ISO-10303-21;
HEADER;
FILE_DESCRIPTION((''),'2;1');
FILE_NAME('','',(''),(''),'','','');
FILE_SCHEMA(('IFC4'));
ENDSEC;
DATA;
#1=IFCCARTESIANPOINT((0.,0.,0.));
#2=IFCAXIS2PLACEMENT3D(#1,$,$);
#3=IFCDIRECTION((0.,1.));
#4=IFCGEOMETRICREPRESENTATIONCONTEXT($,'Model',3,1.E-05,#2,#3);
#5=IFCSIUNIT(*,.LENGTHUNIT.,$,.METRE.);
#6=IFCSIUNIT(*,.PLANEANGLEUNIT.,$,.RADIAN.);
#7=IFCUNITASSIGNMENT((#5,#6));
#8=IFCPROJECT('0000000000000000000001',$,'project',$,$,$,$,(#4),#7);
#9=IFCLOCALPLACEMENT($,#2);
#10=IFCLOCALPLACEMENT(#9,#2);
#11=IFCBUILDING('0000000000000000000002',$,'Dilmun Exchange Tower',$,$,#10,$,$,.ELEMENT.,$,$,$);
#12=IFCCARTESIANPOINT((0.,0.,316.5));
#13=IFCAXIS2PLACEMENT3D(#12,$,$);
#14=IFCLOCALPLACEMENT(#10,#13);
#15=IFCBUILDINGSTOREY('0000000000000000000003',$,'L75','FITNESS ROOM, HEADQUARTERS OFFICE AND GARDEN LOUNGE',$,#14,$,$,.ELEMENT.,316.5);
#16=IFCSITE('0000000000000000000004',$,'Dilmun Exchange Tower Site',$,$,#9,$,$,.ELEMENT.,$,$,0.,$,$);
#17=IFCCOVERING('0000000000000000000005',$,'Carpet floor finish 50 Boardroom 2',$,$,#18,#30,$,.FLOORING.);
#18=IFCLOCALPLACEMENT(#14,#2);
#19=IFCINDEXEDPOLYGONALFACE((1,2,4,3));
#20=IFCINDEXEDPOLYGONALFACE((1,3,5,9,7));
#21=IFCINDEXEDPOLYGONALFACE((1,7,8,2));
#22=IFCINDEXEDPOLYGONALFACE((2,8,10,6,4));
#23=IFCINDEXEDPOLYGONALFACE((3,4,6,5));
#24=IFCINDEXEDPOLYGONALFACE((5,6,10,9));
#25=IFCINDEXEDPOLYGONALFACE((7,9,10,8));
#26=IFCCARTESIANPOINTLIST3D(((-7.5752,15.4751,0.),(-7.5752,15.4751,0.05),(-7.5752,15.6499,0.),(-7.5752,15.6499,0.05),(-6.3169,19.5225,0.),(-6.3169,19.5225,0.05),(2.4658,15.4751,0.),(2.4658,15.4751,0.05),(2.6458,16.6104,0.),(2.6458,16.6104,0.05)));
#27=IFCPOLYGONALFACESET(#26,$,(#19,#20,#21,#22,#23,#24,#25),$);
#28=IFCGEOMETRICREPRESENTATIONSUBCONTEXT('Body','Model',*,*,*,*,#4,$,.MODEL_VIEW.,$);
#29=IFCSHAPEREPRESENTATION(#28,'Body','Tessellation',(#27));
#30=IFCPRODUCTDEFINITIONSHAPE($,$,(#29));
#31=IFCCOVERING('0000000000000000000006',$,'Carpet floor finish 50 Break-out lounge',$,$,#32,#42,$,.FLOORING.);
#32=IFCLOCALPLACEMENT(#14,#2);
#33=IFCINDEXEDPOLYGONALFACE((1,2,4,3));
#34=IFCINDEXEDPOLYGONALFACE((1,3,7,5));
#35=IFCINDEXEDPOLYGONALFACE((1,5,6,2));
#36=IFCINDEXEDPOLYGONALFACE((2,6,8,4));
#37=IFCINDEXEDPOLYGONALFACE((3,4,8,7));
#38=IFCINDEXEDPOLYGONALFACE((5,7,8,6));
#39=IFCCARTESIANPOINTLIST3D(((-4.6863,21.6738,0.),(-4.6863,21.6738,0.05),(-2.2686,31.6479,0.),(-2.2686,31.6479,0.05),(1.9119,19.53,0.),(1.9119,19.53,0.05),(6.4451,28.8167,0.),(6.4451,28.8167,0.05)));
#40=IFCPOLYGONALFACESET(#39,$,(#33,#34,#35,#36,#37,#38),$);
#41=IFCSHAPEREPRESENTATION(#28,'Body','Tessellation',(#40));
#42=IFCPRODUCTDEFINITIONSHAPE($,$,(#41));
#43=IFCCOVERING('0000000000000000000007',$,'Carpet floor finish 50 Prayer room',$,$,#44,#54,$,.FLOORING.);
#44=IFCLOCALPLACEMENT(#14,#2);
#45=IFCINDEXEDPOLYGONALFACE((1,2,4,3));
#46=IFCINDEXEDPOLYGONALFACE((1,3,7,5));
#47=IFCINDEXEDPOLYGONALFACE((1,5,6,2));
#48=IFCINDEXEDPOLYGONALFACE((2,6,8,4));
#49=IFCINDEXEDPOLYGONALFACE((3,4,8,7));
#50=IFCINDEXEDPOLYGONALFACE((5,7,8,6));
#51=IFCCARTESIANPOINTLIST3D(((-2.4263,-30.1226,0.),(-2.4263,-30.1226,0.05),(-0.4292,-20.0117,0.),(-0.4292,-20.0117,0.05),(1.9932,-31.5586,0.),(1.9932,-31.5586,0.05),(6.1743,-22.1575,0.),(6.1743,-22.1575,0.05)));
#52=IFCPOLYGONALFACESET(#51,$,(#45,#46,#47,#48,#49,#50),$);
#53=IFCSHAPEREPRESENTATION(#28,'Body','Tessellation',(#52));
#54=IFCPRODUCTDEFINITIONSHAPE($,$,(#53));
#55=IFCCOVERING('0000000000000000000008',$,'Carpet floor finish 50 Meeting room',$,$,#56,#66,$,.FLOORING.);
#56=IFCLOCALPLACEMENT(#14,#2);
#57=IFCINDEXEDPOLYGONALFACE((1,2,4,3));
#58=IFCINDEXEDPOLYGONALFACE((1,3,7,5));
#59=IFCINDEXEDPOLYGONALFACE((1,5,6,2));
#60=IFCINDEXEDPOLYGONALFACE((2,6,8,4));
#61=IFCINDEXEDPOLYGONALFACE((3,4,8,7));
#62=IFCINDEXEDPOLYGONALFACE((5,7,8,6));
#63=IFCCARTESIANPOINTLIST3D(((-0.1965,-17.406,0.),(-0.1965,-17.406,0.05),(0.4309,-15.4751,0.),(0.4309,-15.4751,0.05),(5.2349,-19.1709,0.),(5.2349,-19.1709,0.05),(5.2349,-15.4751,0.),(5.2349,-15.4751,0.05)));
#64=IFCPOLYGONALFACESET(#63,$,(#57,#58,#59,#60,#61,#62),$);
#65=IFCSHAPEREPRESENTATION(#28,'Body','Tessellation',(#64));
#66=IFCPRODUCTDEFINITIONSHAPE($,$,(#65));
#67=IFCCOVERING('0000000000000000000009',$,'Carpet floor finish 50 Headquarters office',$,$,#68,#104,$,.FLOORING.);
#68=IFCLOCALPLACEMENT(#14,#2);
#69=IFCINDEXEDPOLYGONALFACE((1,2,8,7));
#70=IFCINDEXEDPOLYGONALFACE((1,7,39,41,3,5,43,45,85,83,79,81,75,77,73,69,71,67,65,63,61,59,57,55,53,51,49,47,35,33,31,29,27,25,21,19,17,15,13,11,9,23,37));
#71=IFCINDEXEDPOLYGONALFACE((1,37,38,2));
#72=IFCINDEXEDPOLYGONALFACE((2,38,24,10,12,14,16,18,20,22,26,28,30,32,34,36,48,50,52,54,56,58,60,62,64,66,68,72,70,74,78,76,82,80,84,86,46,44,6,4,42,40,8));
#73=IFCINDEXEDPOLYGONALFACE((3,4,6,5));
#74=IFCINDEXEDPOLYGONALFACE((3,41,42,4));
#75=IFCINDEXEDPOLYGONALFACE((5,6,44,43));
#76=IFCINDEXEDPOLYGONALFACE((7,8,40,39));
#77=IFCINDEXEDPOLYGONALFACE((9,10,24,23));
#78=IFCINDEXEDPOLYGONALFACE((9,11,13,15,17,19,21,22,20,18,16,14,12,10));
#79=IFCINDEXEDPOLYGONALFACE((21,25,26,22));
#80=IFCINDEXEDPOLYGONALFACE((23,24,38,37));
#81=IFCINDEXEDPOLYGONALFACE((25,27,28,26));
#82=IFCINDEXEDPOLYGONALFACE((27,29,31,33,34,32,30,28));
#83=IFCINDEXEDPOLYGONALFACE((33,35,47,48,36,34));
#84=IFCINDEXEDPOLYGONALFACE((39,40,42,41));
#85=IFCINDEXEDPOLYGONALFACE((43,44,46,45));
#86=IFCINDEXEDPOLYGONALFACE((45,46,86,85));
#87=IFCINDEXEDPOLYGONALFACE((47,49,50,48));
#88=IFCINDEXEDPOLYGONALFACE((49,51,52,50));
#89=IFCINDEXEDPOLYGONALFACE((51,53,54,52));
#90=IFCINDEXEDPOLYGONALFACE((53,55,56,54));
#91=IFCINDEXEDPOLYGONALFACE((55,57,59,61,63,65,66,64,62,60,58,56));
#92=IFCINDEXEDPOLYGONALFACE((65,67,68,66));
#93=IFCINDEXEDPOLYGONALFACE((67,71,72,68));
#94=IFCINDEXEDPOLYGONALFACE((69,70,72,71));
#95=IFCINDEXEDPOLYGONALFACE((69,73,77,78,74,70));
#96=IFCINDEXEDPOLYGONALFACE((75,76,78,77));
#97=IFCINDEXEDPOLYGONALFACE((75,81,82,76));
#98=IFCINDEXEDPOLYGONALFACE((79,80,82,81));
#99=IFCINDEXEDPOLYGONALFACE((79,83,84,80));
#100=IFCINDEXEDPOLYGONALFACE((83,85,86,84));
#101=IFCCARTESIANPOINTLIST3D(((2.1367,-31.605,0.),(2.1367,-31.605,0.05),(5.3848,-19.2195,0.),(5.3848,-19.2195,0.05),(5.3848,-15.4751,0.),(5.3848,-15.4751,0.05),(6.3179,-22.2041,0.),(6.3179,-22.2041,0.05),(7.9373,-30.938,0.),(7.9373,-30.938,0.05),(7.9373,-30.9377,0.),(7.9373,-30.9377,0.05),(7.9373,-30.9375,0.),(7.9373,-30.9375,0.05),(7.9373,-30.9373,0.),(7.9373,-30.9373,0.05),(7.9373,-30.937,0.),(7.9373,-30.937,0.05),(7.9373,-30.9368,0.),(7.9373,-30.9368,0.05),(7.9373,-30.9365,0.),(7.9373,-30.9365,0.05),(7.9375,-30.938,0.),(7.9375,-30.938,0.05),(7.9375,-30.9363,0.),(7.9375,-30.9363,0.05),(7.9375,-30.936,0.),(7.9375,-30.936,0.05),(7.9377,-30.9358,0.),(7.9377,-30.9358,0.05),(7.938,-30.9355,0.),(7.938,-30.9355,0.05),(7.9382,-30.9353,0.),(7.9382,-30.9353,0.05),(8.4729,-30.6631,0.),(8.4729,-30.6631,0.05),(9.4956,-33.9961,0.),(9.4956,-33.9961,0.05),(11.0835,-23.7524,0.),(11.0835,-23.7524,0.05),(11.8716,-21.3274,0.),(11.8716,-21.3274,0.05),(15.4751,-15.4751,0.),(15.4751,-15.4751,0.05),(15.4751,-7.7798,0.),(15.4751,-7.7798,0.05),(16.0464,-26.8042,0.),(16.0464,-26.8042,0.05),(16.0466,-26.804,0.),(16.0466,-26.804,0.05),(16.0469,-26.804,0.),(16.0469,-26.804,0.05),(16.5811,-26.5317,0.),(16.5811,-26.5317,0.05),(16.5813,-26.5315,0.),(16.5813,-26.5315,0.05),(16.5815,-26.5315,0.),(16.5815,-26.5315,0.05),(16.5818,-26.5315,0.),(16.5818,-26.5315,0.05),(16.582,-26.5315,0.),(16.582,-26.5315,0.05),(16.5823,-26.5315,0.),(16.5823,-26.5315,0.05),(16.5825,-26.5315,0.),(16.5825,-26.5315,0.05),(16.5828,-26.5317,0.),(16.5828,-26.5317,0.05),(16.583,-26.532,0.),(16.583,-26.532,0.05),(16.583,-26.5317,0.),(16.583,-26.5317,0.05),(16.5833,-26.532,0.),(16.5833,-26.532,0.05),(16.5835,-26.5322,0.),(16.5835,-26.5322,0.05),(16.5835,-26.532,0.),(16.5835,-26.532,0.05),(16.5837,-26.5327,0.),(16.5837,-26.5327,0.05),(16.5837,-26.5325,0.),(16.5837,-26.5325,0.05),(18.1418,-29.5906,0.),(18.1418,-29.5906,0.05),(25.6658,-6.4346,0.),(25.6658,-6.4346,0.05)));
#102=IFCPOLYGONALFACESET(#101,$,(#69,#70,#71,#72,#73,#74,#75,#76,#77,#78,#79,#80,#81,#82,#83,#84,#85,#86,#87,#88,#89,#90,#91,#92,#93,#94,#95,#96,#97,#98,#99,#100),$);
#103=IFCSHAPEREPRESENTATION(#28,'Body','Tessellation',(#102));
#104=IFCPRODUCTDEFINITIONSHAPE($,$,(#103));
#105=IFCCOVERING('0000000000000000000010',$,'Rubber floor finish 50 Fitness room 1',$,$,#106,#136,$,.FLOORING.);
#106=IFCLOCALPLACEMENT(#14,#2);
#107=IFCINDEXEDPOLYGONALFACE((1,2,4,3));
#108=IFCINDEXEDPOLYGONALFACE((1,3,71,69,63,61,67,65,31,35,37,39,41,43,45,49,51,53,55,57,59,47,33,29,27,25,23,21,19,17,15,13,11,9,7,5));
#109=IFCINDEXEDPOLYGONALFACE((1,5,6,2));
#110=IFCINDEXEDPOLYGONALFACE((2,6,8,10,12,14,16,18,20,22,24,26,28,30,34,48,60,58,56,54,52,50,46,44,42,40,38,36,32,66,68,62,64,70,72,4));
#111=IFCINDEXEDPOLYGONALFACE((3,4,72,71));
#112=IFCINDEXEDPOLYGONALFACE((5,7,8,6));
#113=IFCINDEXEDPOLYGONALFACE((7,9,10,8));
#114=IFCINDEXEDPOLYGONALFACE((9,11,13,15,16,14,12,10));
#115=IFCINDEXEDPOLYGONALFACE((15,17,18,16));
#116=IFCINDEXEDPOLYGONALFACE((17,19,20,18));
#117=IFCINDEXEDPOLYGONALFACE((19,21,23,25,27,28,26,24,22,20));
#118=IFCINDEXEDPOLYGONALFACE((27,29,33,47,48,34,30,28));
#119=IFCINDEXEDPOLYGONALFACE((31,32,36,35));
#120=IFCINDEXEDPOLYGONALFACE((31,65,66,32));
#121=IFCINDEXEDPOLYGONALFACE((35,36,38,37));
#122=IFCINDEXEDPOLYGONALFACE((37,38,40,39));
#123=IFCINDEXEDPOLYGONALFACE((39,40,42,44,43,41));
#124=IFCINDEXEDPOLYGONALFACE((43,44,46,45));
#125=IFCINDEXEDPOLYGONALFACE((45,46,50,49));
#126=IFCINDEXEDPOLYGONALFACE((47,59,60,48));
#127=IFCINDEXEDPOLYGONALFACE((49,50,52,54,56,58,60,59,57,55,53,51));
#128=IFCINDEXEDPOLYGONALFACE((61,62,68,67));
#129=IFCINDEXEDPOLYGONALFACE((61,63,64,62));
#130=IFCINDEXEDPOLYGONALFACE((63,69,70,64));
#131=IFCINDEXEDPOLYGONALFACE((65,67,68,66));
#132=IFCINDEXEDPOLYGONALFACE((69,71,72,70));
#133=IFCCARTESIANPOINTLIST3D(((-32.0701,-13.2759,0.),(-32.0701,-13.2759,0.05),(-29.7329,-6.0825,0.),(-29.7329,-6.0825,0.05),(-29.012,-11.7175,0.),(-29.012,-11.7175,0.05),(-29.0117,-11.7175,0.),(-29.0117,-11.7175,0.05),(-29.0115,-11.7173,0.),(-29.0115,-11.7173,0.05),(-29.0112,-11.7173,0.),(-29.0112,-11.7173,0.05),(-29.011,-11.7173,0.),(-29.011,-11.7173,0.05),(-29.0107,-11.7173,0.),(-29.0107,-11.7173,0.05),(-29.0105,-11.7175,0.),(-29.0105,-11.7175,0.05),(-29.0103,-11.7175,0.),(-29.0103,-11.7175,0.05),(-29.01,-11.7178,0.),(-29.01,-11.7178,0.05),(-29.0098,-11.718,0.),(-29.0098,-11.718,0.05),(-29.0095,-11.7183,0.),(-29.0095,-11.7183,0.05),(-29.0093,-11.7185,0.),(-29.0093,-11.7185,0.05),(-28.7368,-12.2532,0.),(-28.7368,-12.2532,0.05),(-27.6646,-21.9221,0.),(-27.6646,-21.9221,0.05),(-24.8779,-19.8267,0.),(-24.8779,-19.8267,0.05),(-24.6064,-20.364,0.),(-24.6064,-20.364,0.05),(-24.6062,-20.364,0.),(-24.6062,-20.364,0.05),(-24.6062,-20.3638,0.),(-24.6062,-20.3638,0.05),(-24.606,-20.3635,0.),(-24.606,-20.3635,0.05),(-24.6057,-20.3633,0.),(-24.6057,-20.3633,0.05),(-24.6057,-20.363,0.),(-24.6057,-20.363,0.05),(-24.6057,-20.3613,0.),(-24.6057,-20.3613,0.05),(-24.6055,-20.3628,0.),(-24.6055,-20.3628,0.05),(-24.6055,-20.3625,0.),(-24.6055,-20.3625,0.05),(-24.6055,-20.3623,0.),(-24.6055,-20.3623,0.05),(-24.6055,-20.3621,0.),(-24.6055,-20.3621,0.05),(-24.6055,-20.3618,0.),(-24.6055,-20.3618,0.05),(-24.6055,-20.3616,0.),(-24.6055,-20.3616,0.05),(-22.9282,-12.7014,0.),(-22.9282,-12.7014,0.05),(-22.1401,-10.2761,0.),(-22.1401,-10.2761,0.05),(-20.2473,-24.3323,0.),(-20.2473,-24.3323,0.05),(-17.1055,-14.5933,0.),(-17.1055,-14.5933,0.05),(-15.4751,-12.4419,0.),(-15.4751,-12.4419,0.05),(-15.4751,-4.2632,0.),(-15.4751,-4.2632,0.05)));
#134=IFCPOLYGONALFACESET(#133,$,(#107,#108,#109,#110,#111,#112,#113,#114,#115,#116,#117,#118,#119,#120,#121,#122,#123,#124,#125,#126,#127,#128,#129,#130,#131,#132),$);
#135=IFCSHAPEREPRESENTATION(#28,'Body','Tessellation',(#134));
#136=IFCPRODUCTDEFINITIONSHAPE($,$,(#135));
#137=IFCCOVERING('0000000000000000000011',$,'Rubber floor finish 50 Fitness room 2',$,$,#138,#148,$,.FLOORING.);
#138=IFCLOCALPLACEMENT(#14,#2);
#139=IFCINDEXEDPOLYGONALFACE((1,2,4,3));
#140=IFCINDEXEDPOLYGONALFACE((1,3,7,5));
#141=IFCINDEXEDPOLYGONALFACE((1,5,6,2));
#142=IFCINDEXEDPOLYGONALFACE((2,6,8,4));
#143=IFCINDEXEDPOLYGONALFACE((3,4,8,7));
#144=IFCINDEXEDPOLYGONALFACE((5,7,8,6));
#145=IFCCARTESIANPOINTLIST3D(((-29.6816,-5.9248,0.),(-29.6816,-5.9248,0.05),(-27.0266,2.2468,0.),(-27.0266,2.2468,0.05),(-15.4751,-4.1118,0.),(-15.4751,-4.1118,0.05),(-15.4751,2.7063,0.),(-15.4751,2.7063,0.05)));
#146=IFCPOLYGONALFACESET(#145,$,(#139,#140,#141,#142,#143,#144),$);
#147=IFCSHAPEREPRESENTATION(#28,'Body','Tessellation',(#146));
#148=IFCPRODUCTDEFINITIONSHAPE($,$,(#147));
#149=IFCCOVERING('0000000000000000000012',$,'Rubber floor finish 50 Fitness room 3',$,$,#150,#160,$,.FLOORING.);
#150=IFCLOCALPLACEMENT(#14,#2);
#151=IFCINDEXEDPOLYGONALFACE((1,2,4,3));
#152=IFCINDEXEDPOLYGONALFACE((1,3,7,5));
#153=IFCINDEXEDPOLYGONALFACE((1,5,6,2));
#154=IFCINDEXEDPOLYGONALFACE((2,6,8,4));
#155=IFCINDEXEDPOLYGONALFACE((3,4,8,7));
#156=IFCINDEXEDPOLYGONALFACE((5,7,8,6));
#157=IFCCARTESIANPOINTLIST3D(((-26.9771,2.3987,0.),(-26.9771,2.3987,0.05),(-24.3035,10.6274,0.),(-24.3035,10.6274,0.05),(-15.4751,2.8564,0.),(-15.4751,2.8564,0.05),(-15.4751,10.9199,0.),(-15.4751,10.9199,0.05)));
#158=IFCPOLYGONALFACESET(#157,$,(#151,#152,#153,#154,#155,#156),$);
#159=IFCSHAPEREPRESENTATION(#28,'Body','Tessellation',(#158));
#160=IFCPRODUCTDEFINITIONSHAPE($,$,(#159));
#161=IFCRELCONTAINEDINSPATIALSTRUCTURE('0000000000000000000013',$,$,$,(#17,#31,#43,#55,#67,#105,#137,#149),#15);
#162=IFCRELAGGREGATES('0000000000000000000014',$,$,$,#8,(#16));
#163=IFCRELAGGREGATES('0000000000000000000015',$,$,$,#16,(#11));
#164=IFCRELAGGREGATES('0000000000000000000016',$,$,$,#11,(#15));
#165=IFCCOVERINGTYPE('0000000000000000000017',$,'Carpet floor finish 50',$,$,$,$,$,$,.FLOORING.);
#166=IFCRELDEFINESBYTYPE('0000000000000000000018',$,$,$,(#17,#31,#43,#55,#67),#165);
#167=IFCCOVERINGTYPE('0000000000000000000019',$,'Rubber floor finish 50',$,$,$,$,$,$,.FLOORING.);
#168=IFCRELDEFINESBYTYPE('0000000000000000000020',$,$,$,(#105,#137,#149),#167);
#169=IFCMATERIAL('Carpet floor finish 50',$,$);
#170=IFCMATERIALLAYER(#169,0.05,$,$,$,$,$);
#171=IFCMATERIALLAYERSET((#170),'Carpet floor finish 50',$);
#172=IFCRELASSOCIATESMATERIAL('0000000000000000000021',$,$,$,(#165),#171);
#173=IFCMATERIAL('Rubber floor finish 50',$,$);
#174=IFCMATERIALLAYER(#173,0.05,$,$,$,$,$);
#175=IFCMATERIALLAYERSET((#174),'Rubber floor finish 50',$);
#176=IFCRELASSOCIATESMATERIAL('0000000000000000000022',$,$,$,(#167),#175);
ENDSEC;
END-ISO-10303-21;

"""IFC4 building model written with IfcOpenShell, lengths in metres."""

from ifc_helpers import new_model, si_unit, direction, frame, origin, place, context, subcontext, project, spatial, polyline, outline, extrude, material, layer, layer_set, type_object, element, save


model = new_model("IFC4")

# Units and contexts
model_context = context("Model", 3, precision=1e-05, world=origin(), true_north=direction((0.0, 1.0)))
body_context = subcontext(model_context, "Body", "Model", "MODEL_VIEW")
ifc_project = project(units=[si_unit("LENGTHUNIT", "METRE"), si_unit("PLANEANGLEUNIT", "RADIAN")], contexts=[model_context])

# Site, building, storey
site_placement = place(None, origin())
site = spatial("IfcSite", under=ifc_project, at=site_placement, Name="Dilmun Exchange Tower Site", CompositionType="ELEMENT", RefElevation=0.0)
building_placement = place(site_placement, origin())
building = spatial("IfcBuilding", under=site, at=building_placement, Name="Dilmun Exchange Tower", CompositionType="ELEMENT")
storey_placement = place(building_placement, frame((0.0, 0.0, 316.5)))
storey = spatial("IfcBuildingStorey", under=building, at=storey_placement, Name="L75", Description="FITNESS ROOM, HEADQUARTERS OFFICE AND GARDEN LOUNGE", CompositionType="ELEMENT", Elevation=316.5)

# Coverings
ifc_material_1 = material(Name="Carpet floor finish 50")
ifc_layer_1 = layer(ifc_material_1, 0.05)
ifc_layer_set_1 = layer_set([ifc_layer_1], Name="Carpet floor finish 50")
covering_type_1 = type_object("IfcCoveringType", Name="Carpet floor finish 50", PredefinedType="FLOORING", material=ifc_layer_set_1)
covering_1_placement = place(storey_placement, origin())
element("IfcCovering", 1, at=covering_1_placement, inside=storey, type_object=covering_type_1, Name="Carpet floor finish 50 Boardroom 2", PredefinedType="FLOORING", context=body_context, shape_type="SweptSolid", body=[
    extrude(outline(polyline([(2.6458, 16.6104), (2.4658, 15.4751), (-7.5752, 15.4751), (-7.5752, 15.6499), (-6.3169, 19.5225), (2.6458, 16.6104)])), origin(), (0.0, 0.0, 1.0), 0.05),
])
covering_2_placement = place(storey_placement, origin())
element("IfcCovering", 2, at=covering_2_placement, inside=storey, type_object=covering_type_1, Name="Carpet floor finish 50 Break-out lounge", PredefinedType="FLOORING", context=body_context, shape_type="SweptSolid", body=[
    extrude(outline(polyline([(1.9119, 19.53), (-4.6863, 21.6738), (-2.2686, 31.6479), (6.4451, 28.8167), (1.9119, 19.53)])), origin(), (0.0, 0.0, 1.0), 0.05),
])
covering_3_placement = place(storey_placement, origin())
element("IfcCovering", 3, at=covering_3_placement, inside=storey, type_object=covering_type_1, Name="Carpet floor finish 50 Prayer room", PredefinedType="FLOORING", context=body_context, shape_type="SweptSolid", body=[
    extrude(outline(polyline([(6.1743, -22.1575), (1.9932, -31.5586), (-2.4263, -30.1226), (-0.4292, -20.0117), (6.1743, -22.1575)])), origin(), (0.0, 0.0, 1.0), 0.05),
])
covering_4_placement = place(storey_placement, origin())
element("IfcCovering", 4, at=covering_4_placement, inside=storey, type_object=covering_type_1, Name="Carpet floor finish 50 Meeting room", PredefinedType="FLOORING", context=body_context, shape_type="SweptSolid", body=[
    extrude(outline(polyline([(5.2349, -19.1709), (-0.1965, -17.406), (0.4309, -15.4751), (5.2349, -15.4751), (5.2349, -19.1709)])), origin(), (0.0, 0.0, 1.0), 0.05),
])
covering_5_placement = place(storey_placement, origin())
element("IfcCovering", 5, at=covering_5_placement, inside=storey, type_object=covering_type_1, Name="Carpet floor finish 50 Headquarters office", PredefinedType="FLOORING", context=body_context, shape_type="SweptSolid", body=[
    extrude(outline(polyline([(6.3179, -22.2041), (11.0835, -23.7524), (11.8716, -21.3274), (5.3848, -19.2195), (5.3848, -15.4751), (15.4751, -15.4751), (15.4751, -7.7798), (25.6658, -6.4346), (18.1418, -29.5906), (16.5837, -26.5327), (16.5837, -26.5325), (16.5835, -26.5322), (16.5835, -26.532), (16.5833, -26.532), (16.583, -26.532), (16.583, -26.5317), (16.5828, -26.5317), (16.5825, -26.5315), (16.5825, -26.5315), (16.5823, -26.5315), (16.582, -26.5315), (16.5818, -26.5315), (16.5818, -26.5315), (16.5815, -26.5315), (16.5813, -26.5315), (16.5811, -26.5317), (16.0469, -26.804), (16.0469, -26.804), (16.0466, -26.804), (16.0464, -26.8042), (8.4729, -30.6631), (8.4729, -30.6631), (7.9382, -30.9353), (7.938, -30.9355), (7.938, -30.9355), (7.9377, -30.9358), (7.9377, -30.9358), (7.9375, -30.936), (7.9375, -30.9363), (7.9375, -30.9363), (7.9373, -30.9365), (7.9373, -30.9368), (7.9373, -30.937), (7.9373, -30.9373), (7.9373, -30.9375), (7.9373, -30.9375), (7.9373, -30.9377), (7.9373, -30.938), (7.9375, -30.938), (9.4956, -33.9961), (2.1367, -31.605), (6.3179, -22.2041)])), origin(), (0.0, 0.0, 1.0), 0.05),
])
ifc_material_2 = material(Name="Rubber floor finish 50")
ifc_layer_2 = layer(ifc_material_2, 0.05)
ifc_layer_set_2 = layer_set([ifc_layer_2], Name="Rubber floor finish 50")
covering_type_2 = type_object("IfcCoveringType", Name="Rubber floor finish 50", PredefinedType="FLOORING", material=ifc_layer_set_2)
covering_6_placement = place(storey_placement, origin())
element("IfcCovering", 6, at=covering_6_placement, inside=storey, type_object=covering_type_2, Name="Rubber floor finish 50 Fitness room 1", PredefinedType="FLOORING", context=body_context, shape_type="SweptSolid", body=[
    extrude(outline(polyline([(-15.4751, -4.2632), (-15.4751, -12.4419), (-22.1401, -10.2761), (-22.9282, -12.7014), (-17.1055, -14.5933), (-20.2473, -24.3323), (-27.6646, -21.9221), (-24.6064, -20.364), (-24.6062, -20.364), (-24.6062, -20.3638), (-24.606, -20.3635), (-24.606, -20.3635), (-24.6057, -20.3633), (-24.6057, -20.3633), (-24.6057, -20.363), (-24.6055, -20.3628), (-24.6055, -20.3625), (-24.6055, -20.3623), (-24.6055, -20.3623), (-24.6055, -20.3621), (-24.6055, -20.3618), (-24.6055, -20.3618), (-24.6055, -20.3616), (-24.6057, -20.3613), (-24.8779, -19.8267), (-24.8779, -19.8267), (-28.7368, -12.2532), (-28.7368, -12.2532), (-29.0093, -11.7185), (-29.0095, -11.7183), (-29.0095, -11.7183), (-29.0098, -11.718), (-29.0098, -11.718), (-29.01, -11.7178), (-29.01, -11.7178), (-29.0103, -11.7175), (-29.0105, -11.7175), (-29.0107, -11.7173), (-29.011, -11.7173), (-29.011, -11.7173), (-29.0112, -11.7173), (-29.0115, -11.7173), (-29.0117, -11.7175), (-29.0117, -11.7175), (-29.012, -11.7175), (-32.0701, -13.2759), (-29.7329, -6.0825), (-15.4751, -4.2632)])), origin(), (0.0, 0.0, 1.0), 0.05),
])
covering_7_placement = place(storey_placement, origin())
element("IfcCovering", 7, at=covering_7_placement, inside=storey, type_object=covering_type_2, Name="Rubber floor finish 50 Fitness room 2", PredefinedType="FLOORING", context=body_context, shape_type="SweptSolid", body=[
    extrude(outline(polyline([(-15.4751, -4.1118), (-29.6816, -5.9248), (-27.0266, 2.2468), (-15.4751, 2.7063), (-15.4751, -4.1118)])), origin(), (0.0, 0.0, 1.0), 0.05),
])
covering_8_placement = place(storey_placement, origin())
element("IfcCovering", 8, at=covering_8_placement, inside=storey, type_object=covering_type_2, Name="Rubber floor finish 50 Fitness room 3", PredefinedType="FLOORING", context=body_context, shape_type="SweptSolid", body=[
    extrude(outline(polyline([(-15.4751, 2.8564), (-26.9771, 2.3987), (-24.3035, 10.6274), (-15.4751, 10.9199), (-15.4751, 2.8564)])), origin(), (0.0, 0.0, 1.0), 0.05),
])

save(model, "model.ifc")
